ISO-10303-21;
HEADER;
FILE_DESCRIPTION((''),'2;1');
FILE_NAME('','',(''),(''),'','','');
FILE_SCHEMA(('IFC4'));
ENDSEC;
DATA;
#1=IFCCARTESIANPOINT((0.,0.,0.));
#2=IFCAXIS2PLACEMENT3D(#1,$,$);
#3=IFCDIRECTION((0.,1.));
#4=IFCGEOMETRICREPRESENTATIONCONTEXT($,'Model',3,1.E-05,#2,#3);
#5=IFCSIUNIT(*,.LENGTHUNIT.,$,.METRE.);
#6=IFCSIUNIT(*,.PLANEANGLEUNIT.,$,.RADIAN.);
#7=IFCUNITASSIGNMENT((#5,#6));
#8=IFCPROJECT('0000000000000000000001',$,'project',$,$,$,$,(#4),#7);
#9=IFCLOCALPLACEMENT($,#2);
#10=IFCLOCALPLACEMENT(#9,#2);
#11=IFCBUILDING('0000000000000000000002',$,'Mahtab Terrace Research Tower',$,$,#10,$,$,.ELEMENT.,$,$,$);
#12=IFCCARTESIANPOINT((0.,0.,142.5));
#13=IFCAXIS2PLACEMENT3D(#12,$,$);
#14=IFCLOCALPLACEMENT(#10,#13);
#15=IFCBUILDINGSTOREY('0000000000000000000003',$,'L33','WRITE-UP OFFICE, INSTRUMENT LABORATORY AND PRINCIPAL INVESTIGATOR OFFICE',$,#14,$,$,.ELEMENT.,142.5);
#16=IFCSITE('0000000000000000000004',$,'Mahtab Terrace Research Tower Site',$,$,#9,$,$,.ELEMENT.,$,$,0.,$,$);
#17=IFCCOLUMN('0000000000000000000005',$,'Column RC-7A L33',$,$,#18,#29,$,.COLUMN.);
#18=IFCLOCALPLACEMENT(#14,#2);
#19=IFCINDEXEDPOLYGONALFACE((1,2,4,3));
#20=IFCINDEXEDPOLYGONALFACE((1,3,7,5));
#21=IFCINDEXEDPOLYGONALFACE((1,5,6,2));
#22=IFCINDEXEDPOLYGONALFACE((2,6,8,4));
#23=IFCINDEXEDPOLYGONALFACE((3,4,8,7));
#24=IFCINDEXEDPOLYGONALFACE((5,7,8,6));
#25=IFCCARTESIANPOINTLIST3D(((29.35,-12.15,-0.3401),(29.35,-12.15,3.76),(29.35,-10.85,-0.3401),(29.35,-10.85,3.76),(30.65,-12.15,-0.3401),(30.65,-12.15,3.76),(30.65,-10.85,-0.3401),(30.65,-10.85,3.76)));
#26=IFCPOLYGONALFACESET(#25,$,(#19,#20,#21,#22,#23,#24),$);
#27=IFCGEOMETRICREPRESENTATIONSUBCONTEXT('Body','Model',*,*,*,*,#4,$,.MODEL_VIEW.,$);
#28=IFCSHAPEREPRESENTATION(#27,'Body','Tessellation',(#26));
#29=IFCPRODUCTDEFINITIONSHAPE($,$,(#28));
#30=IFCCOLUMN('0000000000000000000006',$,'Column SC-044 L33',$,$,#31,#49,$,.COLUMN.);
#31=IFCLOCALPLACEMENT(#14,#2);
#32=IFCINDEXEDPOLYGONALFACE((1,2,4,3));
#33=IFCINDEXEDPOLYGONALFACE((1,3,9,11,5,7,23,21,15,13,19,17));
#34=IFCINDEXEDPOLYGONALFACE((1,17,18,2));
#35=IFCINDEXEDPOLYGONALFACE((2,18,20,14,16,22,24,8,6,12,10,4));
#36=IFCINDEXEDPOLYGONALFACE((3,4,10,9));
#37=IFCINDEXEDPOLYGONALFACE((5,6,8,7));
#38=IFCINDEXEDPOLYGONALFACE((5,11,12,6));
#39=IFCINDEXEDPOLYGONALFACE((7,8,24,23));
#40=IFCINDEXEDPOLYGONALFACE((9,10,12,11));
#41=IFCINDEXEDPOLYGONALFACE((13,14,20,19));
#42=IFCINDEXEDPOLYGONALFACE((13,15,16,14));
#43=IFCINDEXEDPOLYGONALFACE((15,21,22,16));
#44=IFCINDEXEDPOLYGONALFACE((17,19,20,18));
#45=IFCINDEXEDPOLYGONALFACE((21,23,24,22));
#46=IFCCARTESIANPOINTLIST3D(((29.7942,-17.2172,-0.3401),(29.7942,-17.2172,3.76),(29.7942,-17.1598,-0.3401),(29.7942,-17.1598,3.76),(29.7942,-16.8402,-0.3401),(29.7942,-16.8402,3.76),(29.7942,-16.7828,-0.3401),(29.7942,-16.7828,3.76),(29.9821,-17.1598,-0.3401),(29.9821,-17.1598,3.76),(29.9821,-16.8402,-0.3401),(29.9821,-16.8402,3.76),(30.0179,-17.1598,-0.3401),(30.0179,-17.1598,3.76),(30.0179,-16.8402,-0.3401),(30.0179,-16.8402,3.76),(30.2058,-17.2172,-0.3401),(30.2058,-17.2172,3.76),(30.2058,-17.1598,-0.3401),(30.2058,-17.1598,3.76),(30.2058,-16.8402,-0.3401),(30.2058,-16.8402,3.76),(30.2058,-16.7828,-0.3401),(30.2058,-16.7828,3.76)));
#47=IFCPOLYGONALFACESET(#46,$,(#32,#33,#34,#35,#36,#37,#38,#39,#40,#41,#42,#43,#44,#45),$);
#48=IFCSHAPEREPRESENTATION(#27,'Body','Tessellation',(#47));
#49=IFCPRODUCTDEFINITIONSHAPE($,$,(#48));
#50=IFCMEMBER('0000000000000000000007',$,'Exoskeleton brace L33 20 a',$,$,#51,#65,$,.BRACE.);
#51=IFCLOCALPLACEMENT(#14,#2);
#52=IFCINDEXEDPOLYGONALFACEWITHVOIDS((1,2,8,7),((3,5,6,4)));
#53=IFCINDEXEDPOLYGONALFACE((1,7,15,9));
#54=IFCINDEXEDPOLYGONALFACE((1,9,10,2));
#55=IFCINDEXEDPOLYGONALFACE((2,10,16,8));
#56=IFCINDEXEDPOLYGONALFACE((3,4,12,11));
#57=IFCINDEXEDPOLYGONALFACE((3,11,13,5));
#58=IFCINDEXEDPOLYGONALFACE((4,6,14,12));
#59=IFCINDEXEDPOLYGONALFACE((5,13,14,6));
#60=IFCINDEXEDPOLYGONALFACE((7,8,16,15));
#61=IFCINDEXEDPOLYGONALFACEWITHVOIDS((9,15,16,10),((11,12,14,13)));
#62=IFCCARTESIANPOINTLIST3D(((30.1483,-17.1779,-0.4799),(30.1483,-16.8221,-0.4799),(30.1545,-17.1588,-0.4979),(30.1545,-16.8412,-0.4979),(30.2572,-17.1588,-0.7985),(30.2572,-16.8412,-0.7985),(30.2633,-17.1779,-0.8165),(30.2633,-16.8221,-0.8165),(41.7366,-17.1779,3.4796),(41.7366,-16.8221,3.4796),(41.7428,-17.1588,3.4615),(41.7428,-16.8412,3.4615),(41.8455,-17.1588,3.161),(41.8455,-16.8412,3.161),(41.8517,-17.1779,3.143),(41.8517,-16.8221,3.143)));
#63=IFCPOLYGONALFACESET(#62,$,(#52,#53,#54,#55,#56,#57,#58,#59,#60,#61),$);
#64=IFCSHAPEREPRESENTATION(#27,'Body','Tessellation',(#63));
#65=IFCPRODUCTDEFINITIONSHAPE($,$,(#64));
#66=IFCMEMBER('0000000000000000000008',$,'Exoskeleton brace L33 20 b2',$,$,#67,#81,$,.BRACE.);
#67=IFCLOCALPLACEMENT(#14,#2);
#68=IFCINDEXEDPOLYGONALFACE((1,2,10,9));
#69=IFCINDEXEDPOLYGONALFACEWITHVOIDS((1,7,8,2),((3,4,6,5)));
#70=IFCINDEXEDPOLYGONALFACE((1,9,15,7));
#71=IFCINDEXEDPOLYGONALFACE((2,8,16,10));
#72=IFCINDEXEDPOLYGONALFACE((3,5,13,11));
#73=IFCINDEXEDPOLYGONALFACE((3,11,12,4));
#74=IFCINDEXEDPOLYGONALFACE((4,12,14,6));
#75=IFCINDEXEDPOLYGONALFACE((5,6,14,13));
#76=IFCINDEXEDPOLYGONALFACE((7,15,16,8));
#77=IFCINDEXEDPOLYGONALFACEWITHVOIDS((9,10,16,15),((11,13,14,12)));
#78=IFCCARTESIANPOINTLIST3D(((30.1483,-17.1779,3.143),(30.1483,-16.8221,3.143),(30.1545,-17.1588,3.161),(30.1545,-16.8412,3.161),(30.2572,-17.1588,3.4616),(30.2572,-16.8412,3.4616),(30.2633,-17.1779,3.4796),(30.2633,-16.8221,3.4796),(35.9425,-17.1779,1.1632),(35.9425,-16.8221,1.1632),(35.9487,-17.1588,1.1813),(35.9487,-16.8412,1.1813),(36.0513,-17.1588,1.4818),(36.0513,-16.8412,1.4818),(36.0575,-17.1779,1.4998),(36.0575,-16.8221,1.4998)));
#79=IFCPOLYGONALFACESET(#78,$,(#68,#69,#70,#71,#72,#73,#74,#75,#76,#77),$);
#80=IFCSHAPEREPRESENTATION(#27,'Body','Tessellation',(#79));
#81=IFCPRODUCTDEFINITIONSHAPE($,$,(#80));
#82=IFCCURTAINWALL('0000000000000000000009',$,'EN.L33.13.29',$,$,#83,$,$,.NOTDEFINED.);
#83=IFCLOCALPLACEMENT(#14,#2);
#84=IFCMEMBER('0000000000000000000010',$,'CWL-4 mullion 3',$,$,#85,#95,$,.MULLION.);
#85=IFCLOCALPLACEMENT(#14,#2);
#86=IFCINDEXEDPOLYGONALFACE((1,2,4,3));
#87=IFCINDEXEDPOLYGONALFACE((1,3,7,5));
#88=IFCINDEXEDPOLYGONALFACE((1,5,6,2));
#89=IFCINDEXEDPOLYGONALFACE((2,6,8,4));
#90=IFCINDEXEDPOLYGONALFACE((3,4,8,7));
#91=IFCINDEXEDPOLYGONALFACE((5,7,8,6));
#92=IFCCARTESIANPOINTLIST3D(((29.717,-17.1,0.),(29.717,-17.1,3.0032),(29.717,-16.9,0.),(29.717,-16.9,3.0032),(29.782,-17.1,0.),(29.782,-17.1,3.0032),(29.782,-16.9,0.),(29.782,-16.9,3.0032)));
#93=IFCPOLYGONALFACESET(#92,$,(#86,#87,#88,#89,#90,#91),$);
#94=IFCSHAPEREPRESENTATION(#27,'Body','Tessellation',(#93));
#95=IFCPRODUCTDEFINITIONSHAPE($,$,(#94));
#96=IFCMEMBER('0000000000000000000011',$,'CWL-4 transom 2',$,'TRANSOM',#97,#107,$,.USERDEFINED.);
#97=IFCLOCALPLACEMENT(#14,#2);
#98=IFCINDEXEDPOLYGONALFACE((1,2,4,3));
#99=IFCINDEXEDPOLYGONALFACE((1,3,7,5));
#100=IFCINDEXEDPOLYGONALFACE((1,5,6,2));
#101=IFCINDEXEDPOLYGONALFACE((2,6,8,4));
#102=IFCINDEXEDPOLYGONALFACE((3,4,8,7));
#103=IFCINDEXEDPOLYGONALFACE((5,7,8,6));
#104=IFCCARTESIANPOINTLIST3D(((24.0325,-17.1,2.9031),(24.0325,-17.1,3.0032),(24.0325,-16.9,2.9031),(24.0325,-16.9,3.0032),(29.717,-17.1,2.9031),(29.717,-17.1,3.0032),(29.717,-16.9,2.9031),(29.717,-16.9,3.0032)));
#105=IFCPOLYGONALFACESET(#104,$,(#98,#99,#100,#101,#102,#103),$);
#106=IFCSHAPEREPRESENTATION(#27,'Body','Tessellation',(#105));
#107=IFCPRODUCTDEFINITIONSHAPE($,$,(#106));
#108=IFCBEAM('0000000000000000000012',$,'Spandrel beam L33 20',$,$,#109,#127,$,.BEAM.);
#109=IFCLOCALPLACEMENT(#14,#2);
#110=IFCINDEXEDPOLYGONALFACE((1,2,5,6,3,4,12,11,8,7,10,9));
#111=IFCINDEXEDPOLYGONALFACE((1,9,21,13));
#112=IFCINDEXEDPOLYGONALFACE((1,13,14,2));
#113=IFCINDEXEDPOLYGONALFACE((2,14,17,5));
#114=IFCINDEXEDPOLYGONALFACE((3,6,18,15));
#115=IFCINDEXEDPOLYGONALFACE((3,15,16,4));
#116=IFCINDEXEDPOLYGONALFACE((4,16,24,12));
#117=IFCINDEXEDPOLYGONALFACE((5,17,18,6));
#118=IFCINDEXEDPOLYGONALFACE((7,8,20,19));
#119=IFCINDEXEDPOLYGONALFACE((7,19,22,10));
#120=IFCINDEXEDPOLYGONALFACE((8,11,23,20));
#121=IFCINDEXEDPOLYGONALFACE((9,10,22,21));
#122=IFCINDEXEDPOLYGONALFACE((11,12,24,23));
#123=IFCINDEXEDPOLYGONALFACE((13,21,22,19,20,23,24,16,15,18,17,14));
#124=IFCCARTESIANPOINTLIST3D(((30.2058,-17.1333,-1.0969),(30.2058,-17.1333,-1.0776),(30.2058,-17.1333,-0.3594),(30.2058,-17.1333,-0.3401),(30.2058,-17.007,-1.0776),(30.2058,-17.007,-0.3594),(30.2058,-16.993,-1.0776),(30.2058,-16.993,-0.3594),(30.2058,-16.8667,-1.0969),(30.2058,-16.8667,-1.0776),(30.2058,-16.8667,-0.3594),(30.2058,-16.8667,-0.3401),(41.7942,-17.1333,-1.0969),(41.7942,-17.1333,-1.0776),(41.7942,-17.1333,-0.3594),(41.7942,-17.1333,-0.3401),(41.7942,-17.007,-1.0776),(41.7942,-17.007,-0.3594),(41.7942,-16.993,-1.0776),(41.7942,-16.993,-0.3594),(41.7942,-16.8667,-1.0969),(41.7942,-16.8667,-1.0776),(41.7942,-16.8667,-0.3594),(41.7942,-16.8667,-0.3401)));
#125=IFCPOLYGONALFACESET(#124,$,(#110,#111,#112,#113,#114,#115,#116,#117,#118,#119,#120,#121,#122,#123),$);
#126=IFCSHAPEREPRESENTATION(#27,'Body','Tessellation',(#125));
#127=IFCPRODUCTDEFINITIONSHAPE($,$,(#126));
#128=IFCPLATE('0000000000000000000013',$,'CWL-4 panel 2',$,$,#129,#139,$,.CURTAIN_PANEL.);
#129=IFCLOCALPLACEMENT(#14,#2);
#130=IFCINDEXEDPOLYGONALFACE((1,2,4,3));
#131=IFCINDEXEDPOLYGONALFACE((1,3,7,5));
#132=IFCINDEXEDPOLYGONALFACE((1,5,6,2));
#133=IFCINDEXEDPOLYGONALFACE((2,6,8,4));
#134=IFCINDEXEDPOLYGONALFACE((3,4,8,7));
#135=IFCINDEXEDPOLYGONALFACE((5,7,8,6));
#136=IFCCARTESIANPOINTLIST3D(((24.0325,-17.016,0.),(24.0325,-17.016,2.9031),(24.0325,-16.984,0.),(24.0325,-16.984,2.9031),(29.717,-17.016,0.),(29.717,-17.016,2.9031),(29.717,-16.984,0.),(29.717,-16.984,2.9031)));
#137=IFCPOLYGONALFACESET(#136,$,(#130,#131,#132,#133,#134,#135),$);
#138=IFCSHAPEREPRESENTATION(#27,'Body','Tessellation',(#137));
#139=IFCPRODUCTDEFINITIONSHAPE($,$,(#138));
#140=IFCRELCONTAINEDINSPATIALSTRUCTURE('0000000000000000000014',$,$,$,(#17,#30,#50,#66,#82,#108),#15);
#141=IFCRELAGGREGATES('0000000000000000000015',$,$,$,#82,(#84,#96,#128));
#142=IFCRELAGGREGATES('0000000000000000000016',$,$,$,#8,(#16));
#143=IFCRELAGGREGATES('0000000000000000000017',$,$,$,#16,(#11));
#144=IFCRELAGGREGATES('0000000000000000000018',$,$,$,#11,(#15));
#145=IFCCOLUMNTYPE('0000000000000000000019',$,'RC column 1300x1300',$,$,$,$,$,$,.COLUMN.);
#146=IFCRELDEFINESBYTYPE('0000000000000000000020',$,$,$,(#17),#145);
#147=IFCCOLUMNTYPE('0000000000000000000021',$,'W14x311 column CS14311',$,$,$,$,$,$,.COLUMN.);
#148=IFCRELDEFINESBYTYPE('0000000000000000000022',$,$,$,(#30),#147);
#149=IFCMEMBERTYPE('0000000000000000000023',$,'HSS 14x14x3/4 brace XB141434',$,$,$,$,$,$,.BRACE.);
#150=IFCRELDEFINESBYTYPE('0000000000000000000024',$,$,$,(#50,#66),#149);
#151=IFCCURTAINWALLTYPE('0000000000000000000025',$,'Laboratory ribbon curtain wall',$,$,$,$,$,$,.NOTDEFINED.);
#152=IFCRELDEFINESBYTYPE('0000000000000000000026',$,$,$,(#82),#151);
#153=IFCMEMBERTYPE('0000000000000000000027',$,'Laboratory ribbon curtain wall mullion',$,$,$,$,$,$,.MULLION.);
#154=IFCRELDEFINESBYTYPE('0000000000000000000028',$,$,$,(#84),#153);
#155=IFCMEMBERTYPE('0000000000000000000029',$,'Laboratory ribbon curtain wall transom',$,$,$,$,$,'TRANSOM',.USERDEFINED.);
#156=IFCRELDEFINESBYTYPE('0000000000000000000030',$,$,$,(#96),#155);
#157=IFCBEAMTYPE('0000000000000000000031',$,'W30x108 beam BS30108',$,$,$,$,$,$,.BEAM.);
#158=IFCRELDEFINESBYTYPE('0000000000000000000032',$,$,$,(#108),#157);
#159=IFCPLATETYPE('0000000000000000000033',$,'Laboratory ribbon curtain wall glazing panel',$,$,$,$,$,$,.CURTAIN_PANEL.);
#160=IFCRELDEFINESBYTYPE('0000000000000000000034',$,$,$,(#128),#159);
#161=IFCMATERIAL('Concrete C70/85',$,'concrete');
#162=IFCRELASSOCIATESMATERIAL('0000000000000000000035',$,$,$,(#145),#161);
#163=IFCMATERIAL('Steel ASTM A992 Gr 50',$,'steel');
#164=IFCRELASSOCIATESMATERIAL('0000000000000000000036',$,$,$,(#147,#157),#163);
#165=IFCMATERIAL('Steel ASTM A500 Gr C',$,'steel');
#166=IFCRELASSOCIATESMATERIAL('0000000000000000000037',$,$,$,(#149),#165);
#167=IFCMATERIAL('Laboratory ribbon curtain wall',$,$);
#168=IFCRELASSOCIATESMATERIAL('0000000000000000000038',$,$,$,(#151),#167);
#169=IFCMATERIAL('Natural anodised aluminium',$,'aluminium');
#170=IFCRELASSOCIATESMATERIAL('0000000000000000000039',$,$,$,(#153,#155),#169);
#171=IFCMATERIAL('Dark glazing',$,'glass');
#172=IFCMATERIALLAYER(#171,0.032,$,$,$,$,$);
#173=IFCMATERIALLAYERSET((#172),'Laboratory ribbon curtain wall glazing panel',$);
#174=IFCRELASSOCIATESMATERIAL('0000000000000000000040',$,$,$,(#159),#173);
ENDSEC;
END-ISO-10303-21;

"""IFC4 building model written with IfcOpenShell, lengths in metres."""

from ifc_helpers import new_model, si_unit, direction, frame, origin, origin_2d, place, context, subcontext, project, spatial, rectangle, hollow_rectangle, i_section, extrude, material, layer, layer_set, material_profile, profile_set, type_object, element, aggregate, save


model = new_model("IFC4")

# Units and contexts
model_context = context("Model", 3, precision=1e-05, world=origin(), true_north=direction((0.0, 1.0)))
body_context = subcontext(model_context, "Body", "Model", "MODEL_VIEW")
ifc_project = project(units=[si_unit("LENGTHUNIT", "METRE"), si_unit("PLANEANGLEUNIT", "RADIAN")], contexts=[model_context])

# Site, building, storey
site_placement = place(None, origin())
site = spatial("IfcSite", under=ifc_project, at=site_placement, Name="Mahtab Terrace Research Tower Site", CompositionType="ELEMENT", RefElevation=0.0)
building_placement = place(site_placement, origin())
building = spatial("IfcBuilding", under=site, at=building_placement, Name="Mahtab Terrace Research Tower", CompositionType="ELEMENT")
storey_placement = place(building_placement, frame((0.0, 0.0, 142.5)))
storey = spatial("IfcBuildingStorey", under=building, at=storey_placement, Name="L33", Description="WRITE-UP OFFICE, INSTRUMENT LABORATORY AND PRINCIPAL INVESTIGATOR OFFICE", CompositionType="ELEMENT", Elevation=142.5)

# Columns
ifc_material_1 = material(Name="Concrete C70/85", Category="concrete")
ifc_material_profile_1 = material_profile(ifc_material_1, rectangle(XDim=1.3, YDim=1.3, at=origin_2d()), Name="RC column 1300x1300")
ifc_profile_set_1 = profile_set([ifc_material_profile_1], Name="Concrete C70/85")
column_type_1 = type_object("IfcColumnType", Name="RC column 1300x1300", PredefinedType="COLUMN", material=ifc_profile_set_1)
column_1_placement = place(storey_placement, frame((30.0, -11.5, -0.3401), z_axis=(0.0, 0.0, 1.0), x_axis=(1.0, 0.0, 0.0)))
element("IfcColumn", 1, at=column_1_placement, inside=storey, type_object=column_type_1, Name="Column RC-7A L33", PredefinedType="COLUMN", context=body_context, shape_type="SweptSolid", body=[
    extrude(rectangle(XDim=1.3, YDim=1.3, at=origin_2d()), origin(), (0.0, 0.0, 1.0), 4.1001),
])
ifc_material_2 = material(Name="Steel ASTM A992 Gr 50", Category="steel")
ifc_material_profile_2 = material_profile(ifc_material_2, i_section(OverallWidth=0.4116, OverallDepth=0.4343, WebThickness=0.0359, FlangeThickness=0.0574, at=origin_2d()), Name="W14X311")
ifc_profile_set_2 = profile_set([ifc_material_profile_2], Name="Steel ASTM A992 Gr 50")
column_type_2 = type_object("IfcColumnType", Name="W14x311 column CS14311", PredefinedType="COLUMN", material=ifc_profile_set_2)
column_2_placement = place(storey_placement, frame((30.0, -17.0, -0.3401), z_axis=(0.0, 0.0, 1.0), x_axis=(1.0, 0.0, 0.0)))
element("IfcColumn", 2, at=column_2_placement, inside=storey, type_object=column_type_2, Name="Column SC-044 L33", PredefinedType="COLUMN", context=body_context, shape_type="SweptSolid", body=[
    extrude(i_section(OverallWidth=0.4116, OverallDepth=0.4343, WebThickness=0.0359, FlangeThickness=0.0574, at=origin_2d()), origin(), (0.0, 0.0, 1.0), 4.1001),
])

# Members
ifc_material_3 = material(Name="Steel ASTM A500 Gr C", Category="steel")
ifc_material_profile_3 = material_profile(ifc_material_3, hollow_rectangle(XDim=0.3557, YDim=0.3557, WallThickness=0.019, at=origin_2d()), Name="HSS14X14X3/4")
ifc_profile_set_3 = profile_set([ifc_material_profile_3], Name="Steel ASTM A500 Gr C")
member_type_1 = type_object("IfcMemberType", Name="HSS 14x14x3/4 brace XB141434", PredefinedType="BRACE", material=ifc_profile_set_3)
member_1_placement = place(storey_placement, frame((30.2058, -17.0, -0.6482), z_axis=(0.946288, 0.0, 0.323324), x_axis=(0.0, 1.0, 0.0)))
element("IfcMember", 3, at=member_1_placement, inside=storey, type_object=member_type_1, Name="Exoskeleton brace L33 20 a", PredefinedType="BRACE", context=body_context, shape_type="SweptSolid", body=[
    extrude(hollow_rectangle(XDim=0.3557, YDim=0.3557, WallThickness=0.019, at=origin_2d()), origin(), (0.0, 0.0, 1.0), 12.2461),
])
member_2_placement = place(storey_placement, frame((36.0, -17.0, 1.3315), z_axis=(-0.946288, 0.0, 0.323324), x_axis=(0.0, -1.0, 0.0)))
element("IfcMember", 4, at=member_2_placement, inside=storey, type_object=member_type_1, Name="Exoskeleton brace L33 20 b2", PredefinedType="BRACE", context=body_context, shape_type="SweptSolid", body=[
    extrude(hollow_rectangle(XDim=0.3557, YDim=0.3557, WallThickness=0.019, at=origin_2d()), origin(), (0.0, 0.0, 1.0), 6.123),
])

# Curtain wall, members
ifc_material_4 = material(Name="Laboratory ribbon curtain wall")
curtain_wall_type = type_object("IfcCurtainWallType", Name="Laboratory ribbon curtain wall", PredefinedType="NOTDEFINED", material=ifc_material_4)
curtain_wall_placement = place(storey_placement, origin())
curtain_wall = element("IfcCurtainWall", 5, at=curtain_wall_placement, inside=storey, type_object=curtain_wall_type, Name="EN.L33.13.29", PredefinedType="NOTDEFINED")
ifc_material_5 = material(Name="Natural anodised aluminium", Category="aluminium")
ifc_material_profile_4 = material_profile(ifc_material_5, rectangle(XDim=0.2, YDim=0.0649, at=origin_2d()), Name="MULLION 65x200")
ifc_profile_set_4 = profile_set([ifc_material_profile_4], Name="Natural anodised aluminium")
member_type_2 = type_object("IfcMemberType", Name="Laboratory ribbon curtain wall mullion", PredefinedType="MULLION", material=ifc_profile_set_4)
member_3_placement = place(storey_placement, frame((29.7495, -17.0, 0.0), z_axis=(0.0, 0.0, 1.0), x_axis=(0.0, 1.0, 0.0)))
member_3 = element("IfcMember", 6, at=member_3_placement, type_object=member_type_2, Name="CWL-4 mullion 3", PredefinedType="MULLION", context=body_context, shape_type="SweptSolid", body=[
    extrude(rectangle(XDim=0.2, YDim=0.0649, at=origin_2d()), origin(), (0.0, 0.0, 1.0), 3.0032),
])
ifc_material_profile_5 = material_profile(ifc_material_5, rectangle(XDim=0.2, YDim=0.1001, at=origin_2d()), Name="TRANSOM 100x200")
ifc_profile_set_5 = profile_set([ifc_material_profile_5], Name="Natural anodised aluminium")
member_type_3 = type_object("IfcMemberType", Name="Laboratory ribbon curtain wall transom", ElementType="TRANSOM", PredefinedType="USERDEFINED", material=ifc_profile_set_5)
member_4_placement = place(storey_placement, frame((24.0325, -17.0, 2.9531), z_axis=(1.0, 0.0, 0.0), x_axis=(0.0, 1.0, 0.0)))
member_4 = element("IfcMember", 7, at=member_4_placement, type_object=member_type_3, Name="CWL-4 transom 2", ObjectType="TRANSOM", PredefinedType="USERDEFINED", context=body_context, shape_type="SweptSolid", body=[
    extrude(rectangle(XDim=0.2, YDim=0.1001, at=origin_2d()), origin(), (0.0, 0.0, 1.0), 5.6846),
])

# Beam
ifc_material_profile_6 = material_profile(ifc_material_2, i_section(OverallWidth=0.2666, OverallDepth=0.7568, WebThickness=0.0139, FlangeThickness=0.0193, at=origin_2d()), Name="W30X108")
ifc_profile_set_6 = profile_set([ifc_material_profile_6], Name="Steel ASTM A992 Gr 50")
beam_type = type_object("IfcBeamType", Name="W30x108 beam BS30108", PredefinedType="BEAM", material=ifc_profile_set_6)
beam_placement = place(storey_placement, frame((30.2058, -17.0, -0.7185), z_axis=(1.0, 0.0, 0.0), x_axis=(0.0, 1.0, 0.0)))
element("IfcBeam", 8, at=beam_placement, inside=storey, type_object=beam_type, Name="Spandrel beam L33 20", PredefinedType="BEAM", context=body_context, shape_type="SweptSolid", body=[
    extrude(i_section(OverallWidth=0.2666, OverallDepth=0.7568, WebThickness=0.0139, FlangeThickness=0.0193, at=origin_2d()), origin(), (0.0, 0.0, 1.0), 11.5884),
])

# Plate
ifc_material_6 = material(Name="Dark glazing", Category="glass")
ifc_layer_1 = layer(ifc_material_6, 0.032)
ifc_layer_set_1 = layer_set([ifc_layer_1], Name="Laboratory ribbon curtain wall glazing panel")
plate_type = type_object("IfcPlateType", Name="Laboratory ribbon curtain wall glazing panel", PredefinedType="CURTAIN_PANEL", material=ifc_layer_set_1)
plate_placement = place(storey_placement, frame((26.8748, -17.0, 0.0), z_axis=(0.0, 0.0, 1.0), x_axis=(1.0, 0.0, 0.0)))
plate = element("IfcPlate", 9, at=plate_placement, type_object=plate_type, Name="CWL-4 panel 2", PredefinedType="CURTAIN_PANEL", context=body_context, shape_type="SweptSolid", body=[
    extrude(rectangle(XDim=5.6846, YDim=0.032, at=origin_2d()), origin(), (0.0, 0.0, 1.0), 2.9031),
])
aggregate(curtain_wall, [member_3, member_4, plate])

save(model, "model.ifc")
